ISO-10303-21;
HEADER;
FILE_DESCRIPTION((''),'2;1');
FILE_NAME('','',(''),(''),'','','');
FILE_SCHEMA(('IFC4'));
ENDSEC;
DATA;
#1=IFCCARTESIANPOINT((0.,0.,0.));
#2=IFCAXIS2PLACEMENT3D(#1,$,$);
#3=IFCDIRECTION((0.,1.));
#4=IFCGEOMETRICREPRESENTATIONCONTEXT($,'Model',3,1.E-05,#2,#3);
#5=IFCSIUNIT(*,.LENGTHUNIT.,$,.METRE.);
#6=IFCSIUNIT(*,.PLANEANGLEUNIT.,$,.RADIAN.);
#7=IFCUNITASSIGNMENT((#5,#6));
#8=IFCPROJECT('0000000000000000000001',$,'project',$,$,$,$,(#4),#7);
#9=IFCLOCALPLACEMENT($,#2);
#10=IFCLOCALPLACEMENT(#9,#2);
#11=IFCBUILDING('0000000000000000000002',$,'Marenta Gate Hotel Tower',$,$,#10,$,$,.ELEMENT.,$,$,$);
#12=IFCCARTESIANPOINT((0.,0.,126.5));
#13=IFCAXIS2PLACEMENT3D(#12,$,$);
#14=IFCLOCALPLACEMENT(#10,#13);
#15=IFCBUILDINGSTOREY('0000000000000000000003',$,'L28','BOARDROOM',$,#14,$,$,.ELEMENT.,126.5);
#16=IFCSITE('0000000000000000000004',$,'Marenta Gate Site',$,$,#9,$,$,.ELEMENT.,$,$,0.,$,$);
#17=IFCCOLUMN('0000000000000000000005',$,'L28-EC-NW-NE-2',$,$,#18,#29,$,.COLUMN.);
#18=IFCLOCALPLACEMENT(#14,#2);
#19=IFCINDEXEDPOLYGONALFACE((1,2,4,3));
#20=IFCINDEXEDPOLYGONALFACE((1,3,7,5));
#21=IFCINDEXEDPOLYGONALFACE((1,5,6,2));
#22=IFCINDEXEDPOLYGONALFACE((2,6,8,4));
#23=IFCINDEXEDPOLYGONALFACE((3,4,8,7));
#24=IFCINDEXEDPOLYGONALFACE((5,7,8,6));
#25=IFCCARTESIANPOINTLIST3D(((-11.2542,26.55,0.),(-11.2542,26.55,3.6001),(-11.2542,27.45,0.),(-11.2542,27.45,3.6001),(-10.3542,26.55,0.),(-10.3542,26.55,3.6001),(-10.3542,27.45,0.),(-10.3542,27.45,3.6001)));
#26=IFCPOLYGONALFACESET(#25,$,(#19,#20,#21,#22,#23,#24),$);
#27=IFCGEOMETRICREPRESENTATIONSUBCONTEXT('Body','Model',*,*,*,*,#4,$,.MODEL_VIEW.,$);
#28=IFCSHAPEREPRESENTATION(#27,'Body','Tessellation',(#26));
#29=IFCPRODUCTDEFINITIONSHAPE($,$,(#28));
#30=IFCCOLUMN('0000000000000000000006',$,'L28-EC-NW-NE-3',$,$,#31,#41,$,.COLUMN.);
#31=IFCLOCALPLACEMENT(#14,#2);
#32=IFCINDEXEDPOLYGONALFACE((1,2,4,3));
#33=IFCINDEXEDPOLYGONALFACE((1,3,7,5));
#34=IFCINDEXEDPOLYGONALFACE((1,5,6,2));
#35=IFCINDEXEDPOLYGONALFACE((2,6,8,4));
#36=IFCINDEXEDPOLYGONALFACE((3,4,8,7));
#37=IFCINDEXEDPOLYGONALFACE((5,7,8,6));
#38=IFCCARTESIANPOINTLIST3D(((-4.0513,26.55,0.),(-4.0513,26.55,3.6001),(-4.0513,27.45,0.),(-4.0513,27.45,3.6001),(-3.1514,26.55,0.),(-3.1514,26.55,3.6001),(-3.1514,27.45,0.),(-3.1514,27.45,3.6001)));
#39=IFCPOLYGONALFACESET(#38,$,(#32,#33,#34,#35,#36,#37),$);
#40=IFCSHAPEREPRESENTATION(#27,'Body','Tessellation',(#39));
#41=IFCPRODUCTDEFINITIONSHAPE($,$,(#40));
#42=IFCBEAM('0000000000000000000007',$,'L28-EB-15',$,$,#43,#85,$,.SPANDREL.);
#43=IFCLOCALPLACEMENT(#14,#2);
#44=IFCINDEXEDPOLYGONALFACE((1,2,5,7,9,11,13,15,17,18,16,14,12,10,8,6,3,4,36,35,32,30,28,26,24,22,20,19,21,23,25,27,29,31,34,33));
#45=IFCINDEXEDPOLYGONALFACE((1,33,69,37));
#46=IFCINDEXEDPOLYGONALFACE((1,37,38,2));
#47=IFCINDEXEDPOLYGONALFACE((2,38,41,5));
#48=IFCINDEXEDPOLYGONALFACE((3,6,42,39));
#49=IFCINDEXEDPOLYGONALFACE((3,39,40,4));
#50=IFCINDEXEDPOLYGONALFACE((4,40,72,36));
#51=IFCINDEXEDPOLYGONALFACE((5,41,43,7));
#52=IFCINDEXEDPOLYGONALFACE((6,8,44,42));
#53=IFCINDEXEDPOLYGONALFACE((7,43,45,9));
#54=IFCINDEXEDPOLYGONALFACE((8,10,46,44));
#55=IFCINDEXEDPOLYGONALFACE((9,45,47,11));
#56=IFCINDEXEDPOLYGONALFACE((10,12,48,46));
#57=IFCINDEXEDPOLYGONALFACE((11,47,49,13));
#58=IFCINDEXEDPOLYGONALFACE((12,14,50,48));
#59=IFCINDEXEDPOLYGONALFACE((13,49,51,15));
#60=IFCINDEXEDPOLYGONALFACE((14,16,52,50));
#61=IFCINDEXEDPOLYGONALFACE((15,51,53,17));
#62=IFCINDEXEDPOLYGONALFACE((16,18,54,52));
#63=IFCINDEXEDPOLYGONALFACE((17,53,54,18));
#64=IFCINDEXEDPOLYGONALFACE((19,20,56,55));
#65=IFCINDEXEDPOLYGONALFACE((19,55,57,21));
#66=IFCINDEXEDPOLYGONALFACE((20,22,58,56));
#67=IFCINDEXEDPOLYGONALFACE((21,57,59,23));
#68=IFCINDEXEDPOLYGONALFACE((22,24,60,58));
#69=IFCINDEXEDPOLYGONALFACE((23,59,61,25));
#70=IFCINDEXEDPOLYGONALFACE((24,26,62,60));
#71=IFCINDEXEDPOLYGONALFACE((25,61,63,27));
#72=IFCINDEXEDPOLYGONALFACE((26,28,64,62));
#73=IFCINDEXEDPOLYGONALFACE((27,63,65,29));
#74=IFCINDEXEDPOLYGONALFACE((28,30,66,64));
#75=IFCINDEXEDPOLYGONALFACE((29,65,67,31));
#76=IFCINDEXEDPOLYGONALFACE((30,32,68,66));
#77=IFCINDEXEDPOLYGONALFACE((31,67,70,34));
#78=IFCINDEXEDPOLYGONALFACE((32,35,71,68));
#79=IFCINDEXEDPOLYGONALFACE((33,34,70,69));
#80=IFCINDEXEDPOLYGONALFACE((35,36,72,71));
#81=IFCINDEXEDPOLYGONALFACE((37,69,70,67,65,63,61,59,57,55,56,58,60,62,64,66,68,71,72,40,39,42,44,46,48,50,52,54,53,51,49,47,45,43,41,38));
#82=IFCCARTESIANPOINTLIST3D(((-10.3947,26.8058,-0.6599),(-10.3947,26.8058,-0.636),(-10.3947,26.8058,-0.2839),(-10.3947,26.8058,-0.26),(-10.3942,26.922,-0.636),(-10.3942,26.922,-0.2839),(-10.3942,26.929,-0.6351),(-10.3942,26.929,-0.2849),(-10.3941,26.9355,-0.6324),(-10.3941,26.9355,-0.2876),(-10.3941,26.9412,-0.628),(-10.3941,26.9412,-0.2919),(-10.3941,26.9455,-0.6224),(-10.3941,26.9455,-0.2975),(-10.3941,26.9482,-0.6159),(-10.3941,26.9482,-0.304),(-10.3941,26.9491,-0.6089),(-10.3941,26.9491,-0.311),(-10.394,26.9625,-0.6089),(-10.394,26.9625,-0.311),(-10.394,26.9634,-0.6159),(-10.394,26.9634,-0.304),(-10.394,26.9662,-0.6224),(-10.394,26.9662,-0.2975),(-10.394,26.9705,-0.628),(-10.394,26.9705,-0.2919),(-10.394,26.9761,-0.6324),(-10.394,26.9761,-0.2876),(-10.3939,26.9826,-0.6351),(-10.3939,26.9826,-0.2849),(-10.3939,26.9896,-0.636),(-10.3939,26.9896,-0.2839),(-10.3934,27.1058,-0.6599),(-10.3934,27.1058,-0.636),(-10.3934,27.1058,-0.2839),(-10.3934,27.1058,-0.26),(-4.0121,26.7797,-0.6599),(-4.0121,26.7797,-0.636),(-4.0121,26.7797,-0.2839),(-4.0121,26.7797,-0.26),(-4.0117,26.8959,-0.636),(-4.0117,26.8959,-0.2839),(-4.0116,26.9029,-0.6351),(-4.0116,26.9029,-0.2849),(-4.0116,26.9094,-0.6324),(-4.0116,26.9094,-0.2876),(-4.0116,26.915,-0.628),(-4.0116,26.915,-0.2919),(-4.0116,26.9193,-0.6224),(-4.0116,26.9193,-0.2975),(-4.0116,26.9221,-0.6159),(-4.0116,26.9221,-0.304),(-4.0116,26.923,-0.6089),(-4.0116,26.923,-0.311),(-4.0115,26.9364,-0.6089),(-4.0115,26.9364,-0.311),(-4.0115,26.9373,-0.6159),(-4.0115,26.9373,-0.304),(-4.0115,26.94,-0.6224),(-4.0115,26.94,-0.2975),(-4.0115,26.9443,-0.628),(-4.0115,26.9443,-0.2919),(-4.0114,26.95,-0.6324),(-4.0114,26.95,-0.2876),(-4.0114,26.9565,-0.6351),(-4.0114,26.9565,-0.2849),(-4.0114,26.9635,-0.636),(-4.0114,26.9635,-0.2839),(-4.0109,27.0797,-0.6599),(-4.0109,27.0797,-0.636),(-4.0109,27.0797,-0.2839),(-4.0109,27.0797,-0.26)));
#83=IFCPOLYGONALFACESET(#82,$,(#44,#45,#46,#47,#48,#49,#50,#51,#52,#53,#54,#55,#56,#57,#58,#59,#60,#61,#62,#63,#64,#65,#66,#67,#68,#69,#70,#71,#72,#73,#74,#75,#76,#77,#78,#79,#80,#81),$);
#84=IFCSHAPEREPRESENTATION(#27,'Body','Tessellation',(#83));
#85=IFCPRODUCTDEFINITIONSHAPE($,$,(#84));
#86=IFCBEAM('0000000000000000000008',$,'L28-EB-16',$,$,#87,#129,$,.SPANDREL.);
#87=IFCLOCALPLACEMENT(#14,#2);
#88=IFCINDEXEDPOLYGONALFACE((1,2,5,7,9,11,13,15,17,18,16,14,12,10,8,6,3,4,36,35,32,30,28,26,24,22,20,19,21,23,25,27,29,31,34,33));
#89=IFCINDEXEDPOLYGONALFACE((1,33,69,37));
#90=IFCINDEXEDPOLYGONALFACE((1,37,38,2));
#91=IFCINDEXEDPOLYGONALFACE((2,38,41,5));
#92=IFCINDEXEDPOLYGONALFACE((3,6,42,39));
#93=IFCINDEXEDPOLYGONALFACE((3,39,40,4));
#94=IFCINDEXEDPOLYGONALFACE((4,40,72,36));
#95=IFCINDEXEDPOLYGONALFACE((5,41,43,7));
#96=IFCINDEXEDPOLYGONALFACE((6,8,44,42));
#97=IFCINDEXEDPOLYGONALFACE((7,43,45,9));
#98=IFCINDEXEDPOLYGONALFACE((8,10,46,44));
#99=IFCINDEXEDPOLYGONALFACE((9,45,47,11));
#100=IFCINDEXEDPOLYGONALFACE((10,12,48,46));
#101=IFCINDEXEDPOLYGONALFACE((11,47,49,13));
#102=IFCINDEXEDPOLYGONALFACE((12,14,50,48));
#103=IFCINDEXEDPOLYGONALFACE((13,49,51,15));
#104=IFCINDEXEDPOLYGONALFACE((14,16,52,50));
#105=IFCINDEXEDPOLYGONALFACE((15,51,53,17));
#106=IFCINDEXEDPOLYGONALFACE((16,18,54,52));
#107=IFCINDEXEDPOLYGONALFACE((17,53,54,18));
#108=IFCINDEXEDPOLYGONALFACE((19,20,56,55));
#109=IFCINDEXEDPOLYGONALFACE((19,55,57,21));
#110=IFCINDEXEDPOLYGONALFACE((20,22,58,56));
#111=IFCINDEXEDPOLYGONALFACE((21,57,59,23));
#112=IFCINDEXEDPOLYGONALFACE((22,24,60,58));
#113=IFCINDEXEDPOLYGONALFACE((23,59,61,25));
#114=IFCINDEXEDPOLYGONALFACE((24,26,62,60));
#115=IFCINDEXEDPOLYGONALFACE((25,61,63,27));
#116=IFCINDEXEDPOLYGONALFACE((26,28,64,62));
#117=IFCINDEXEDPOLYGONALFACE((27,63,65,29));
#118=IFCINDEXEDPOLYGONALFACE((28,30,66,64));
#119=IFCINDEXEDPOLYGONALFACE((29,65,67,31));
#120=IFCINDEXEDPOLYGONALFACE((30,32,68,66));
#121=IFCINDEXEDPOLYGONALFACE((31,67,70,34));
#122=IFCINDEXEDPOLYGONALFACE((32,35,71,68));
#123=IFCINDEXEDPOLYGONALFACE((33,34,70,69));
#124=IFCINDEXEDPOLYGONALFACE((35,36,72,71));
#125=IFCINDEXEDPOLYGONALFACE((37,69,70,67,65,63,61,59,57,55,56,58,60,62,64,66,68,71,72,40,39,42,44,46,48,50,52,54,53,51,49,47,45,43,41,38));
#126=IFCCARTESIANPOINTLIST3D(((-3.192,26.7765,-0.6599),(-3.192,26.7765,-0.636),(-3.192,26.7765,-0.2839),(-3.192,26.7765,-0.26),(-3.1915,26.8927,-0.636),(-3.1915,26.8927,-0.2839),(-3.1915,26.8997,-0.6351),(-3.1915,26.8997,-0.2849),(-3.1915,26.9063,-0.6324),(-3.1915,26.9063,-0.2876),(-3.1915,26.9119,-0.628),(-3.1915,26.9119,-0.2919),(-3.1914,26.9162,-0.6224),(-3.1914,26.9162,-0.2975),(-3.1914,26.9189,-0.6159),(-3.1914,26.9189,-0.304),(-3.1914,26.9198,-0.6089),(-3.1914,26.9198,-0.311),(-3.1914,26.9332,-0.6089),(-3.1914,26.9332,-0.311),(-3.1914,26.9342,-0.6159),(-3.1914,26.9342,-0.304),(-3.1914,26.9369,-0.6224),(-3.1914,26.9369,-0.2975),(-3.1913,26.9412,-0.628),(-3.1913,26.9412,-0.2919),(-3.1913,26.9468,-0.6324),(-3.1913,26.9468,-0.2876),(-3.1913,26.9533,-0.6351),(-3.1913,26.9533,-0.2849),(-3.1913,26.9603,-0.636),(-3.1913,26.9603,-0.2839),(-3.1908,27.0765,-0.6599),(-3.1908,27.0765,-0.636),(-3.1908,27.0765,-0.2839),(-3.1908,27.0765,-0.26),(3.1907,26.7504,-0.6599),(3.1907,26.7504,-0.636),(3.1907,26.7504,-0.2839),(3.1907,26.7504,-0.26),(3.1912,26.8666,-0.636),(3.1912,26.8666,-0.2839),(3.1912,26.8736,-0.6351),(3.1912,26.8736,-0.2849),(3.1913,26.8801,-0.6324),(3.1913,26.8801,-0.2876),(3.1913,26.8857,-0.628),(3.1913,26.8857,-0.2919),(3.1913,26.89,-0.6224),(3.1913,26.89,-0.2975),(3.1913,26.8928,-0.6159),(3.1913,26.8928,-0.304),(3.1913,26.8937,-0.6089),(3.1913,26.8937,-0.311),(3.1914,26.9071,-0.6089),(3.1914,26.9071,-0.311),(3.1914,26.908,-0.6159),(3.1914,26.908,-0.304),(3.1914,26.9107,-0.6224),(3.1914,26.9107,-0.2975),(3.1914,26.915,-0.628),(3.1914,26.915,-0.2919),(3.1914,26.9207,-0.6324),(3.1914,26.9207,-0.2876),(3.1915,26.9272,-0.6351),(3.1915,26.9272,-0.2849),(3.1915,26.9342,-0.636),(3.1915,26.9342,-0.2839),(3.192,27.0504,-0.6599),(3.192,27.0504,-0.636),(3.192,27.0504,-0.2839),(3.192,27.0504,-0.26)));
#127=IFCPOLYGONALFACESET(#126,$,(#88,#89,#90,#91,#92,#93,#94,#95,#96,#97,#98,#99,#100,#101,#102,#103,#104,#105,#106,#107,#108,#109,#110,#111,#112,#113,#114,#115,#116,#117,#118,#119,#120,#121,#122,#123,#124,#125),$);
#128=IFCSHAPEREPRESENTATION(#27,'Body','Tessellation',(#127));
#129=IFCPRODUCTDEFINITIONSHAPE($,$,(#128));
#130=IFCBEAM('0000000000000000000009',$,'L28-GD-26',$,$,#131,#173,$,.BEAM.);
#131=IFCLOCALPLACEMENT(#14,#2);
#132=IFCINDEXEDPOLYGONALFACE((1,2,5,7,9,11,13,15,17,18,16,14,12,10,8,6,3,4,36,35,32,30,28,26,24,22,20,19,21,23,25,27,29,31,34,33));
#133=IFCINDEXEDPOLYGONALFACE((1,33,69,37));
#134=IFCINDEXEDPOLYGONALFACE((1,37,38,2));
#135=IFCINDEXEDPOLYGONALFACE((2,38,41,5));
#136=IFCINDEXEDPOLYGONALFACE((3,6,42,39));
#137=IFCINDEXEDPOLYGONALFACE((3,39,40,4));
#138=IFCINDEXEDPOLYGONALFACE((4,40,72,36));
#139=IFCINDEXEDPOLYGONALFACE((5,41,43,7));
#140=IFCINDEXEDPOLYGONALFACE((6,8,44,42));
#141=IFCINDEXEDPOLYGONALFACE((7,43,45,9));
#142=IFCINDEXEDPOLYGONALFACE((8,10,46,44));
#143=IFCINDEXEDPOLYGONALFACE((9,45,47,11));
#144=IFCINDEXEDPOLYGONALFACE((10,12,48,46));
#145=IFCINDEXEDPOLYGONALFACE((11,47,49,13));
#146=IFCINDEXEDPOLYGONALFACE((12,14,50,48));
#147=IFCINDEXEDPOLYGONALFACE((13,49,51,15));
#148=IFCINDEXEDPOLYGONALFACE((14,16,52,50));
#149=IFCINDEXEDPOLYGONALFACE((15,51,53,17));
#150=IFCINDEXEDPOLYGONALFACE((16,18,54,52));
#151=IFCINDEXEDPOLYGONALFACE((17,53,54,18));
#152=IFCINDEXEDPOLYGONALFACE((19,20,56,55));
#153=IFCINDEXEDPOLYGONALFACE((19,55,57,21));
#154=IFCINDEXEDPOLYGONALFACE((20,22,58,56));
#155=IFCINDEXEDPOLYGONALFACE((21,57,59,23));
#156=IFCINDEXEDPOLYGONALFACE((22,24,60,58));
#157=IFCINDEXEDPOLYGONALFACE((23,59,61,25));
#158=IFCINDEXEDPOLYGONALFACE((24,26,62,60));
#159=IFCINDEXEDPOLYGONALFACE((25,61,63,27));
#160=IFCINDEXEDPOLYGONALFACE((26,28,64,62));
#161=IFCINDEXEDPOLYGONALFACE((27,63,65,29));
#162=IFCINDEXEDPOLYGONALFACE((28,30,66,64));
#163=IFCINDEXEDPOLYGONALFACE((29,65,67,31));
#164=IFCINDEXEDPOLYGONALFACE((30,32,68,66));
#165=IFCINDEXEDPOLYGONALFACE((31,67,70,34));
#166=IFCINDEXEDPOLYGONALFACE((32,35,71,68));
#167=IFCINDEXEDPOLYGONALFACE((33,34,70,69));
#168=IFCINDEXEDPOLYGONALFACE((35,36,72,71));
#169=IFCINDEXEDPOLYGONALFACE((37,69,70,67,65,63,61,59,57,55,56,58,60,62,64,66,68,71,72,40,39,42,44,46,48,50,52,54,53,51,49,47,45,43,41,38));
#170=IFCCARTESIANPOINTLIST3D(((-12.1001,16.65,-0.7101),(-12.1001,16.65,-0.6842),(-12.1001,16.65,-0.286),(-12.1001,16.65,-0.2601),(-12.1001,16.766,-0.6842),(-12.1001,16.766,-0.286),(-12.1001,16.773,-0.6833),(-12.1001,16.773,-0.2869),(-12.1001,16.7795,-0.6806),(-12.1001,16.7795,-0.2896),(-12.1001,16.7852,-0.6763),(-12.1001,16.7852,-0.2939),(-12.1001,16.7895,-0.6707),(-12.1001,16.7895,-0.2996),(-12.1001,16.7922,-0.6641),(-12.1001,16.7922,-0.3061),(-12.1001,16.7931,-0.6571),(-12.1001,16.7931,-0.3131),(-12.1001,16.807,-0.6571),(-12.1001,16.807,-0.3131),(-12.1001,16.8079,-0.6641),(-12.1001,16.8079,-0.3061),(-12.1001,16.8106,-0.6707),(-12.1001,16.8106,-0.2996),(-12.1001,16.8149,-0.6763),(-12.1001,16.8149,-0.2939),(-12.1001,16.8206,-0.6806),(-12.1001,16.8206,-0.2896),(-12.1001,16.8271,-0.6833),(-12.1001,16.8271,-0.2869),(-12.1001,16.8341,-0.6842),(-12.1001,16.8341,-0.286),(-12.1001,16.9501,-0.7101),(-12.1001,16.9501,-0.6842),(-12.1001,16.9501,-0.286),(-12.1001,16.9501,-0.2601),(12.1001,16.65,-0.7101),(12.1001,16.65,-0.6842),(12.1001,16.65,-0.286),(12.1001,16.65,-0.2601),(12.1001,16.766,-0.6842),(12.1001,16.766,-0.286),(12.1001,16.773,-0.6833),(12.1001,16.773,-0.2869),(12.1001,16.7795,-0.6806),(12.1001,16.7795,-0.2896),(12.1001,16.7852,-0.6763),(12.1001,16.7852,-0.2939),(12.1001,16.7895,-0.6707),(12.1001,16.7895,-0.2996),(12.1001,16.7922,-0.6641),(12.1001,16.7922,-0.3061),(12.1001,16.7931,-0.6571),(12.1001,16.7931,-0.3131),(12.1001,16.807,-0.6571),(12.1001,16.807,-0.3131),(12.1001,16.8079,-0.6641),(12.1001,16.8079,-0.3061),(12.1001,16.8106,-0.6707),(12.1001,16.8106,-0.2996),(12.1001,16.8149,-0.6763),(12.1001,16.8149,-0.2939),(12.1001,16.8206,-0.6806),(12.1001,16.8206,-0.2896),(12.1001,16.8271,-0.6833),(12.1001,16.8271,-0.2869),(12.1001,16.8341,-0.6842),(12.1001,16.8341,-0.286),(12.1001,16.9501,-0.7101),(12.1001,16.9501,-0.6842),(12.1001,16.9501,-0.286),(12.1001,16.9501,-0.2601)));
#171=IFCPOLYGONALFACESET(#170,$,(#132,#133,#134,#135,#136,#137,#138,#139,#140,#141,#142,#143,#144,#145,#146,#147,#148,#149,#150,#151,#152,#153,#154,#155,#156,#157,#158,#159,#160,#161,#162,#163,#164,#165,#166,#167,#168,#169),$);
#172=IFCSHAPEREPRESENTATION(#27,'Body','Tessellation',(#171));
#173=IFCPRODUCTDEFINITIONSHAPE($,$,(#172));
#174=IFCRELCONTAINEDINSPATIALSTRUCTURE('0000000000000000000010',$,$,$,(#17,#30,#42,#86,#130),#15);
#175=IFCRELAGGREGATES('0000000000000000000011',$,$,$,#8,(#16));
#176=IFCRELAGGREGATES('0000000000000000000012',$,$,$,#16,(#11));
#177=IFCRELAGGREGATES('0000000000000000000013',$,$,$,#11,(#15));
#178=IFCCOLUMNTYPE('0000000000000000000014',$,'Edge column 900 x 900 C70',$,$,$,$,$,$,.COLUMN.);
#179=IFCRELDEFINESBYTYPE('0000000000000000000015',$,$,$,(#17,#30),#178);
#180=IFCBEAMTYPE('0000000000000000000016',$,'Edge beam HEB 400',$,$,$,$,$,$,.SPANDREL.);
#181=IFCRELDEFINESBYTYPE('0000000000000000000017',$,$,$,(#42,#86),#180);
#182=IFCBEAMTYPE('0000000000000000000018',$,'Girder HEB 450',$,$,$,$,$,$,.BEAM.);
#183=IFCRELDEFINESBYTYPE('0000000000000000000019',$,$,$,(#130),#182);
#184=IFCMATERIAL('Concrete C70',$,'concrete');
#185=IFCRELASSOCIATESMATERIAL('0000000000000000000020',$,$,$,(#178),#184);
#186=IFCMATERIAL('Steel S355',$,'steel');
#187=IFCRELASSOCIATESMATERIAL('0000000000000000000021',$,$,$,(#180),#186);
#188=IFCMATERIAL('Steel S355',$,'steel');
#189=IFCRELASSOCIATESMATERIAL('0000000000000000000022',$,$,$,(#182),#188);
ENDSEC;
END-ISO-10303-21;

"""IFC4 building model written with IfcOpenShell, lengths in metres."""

from ifc_helpers import new_model, si_unit, direction, frame, origin, origin_2d, place, context, subcontext, project, spatial, rectangle, i_section, extrude, material, material_profile, profile_set, type_object, element, save


model = new_model("IFC4")

# Units and contexts
model_context = context("Model", 3, precision=1e-05, world=origin(), true_north=direction((0.0, 1.0)))
body_context = subcontext(model_context, "Body", "Model", "MODEL_VIEW")
ifc_project = project(units=[si_unit("LENGTHUNIT", "METRE"), si_unit("PLANEANGLEUNIT", "RADIAN")], contexts=[model_context])

# Site, building, storey
site_placement = place(None, origin())
site = spatial("IfcSite", under=ifc_project, at=site_placement, Name="Marenta Gate Site", CompositionType="ELEMENT", RefElevation=0.0)
building_placement = place(site_placement, origin())
building = spatial("IfcBuilding", under=site, at=building_placement, Name="Marenta Gate Hotel Tower", CompositionType="ELEMENT")
storey_placement = place(building_placement, frame((0.0, 0.0, 126.5)))
storey = spatial("IfcBuildingStorey", under=building, at=storey_placement, Name="L28", Description="BOARDROOM", CompositionType="ELEMENT", Elevation=126.5)

# Columns
ifc_material_1 = material(Name="Concrete C70", Category="concrete")
ifc_material_profile_1 = material_profile(ifc_material_1, rectangle(XDim=0.8999, YDim=0.8999, at=origin_2d()), Name="900 x 900")
ifc_profile_set_1 = profile_set([ifc_material_profile_1], Name="Concrete C70")
column_type = type_object("IfcColumnType", Name="Edge column 900 x 900 C70", PredefinedType="COLUMN", material=ifc_profile_set_1)
for number, where, z_axis, x_axis, name in (
    (1, (-10.8042, 27.0, 0.0), (0.0, 0.0, 1.0), (1.0, 0.0, 0.0), "L28-EC-NW-NE-2"),
    (2, (-3.6013, 27.0, 0.0), (0.0, 0.0, 1.0), (1.0, 0.0, 0.0), "L28-EC-NW-NE-3"),
):
    element("IfcColumn", number, at=place(storey_placement, frame(where, z_axis=z_axis, x_axis=x_axis)), inside=storey, type_object=column_type, Name=name, PredefinedType="COLUMN", context=body_context, shape_type="SweptSolid", body=[
        extrude(rectangle(XDim=0.8999, YDim=0.8999, at=origin_2d()), origin(), (0.0, 0.0, 1.0), 3.6001),
    ])

# Beams
ifc_material_2 = material(Name="Steel S355", Category="steel")
ifc_material_profile_2 = material_profile(ifc_material_2, i_section(OverallWidth=0.3, OverallDepth=0.3999, WebThickness=0.0134, FlangeThickness=0.0239, FilletRadius=0.0271, at=origin_2d()), Name="HEB 400")
ifc_profile_set_2 = profile_set([ifc_material_profile_2], Name="Steel S355")
beam_type_1 = type_object("IfcBeamType", Name="Edge beam HEB 400", PredefinedType="SPANDREL", material=ifc_profile_set_2)
beam_1_placement = place(storey_placement, frame((-10.394, 26.9558, -0.46), z_axis=(0.999992, -0.004093, 0.0), x_axis=(0.004093, 0.999992, 0.0)))
element("IfcBeam", 3, at=beam_1_placement, inside=storey, type_object=beam_type_1, Name="L28-EB-15", PredefinedType="SPANDREL", context=body_context, shape_type="SweptSolid", body=[
    extrude(i_section(OverallWidth=0.3, OverallDepth=0.3999, WebThickness=0.0134, FlangeThickness=0.0239, FilletRadius=0.0271, at=origin_2d()), origin(), (0.0, 0.0, 1.0), 6.3826),
])
beam_2_placement = place(storey_placement, frame((-3.1914, 26.9265, -0.46), z_axis=(0.999992, -0.004093, 0.0), x_axis=(0.004093, 0.999992, 0.0)))
element("IfcBeam", 4, at=beam_2_placement, inside=storey, type_object=beam_type_1, Name="L28-EB-16", PredefinedType="SPANDREL", context=body_context, shape_type="SweptSolid", body=[
    extrude(i_section(OverallWidth=0.3, OverallDepth=0.3999, WebThickness=0.0134, FlangeThickness=0.0239, FilletRadius=0.0271, at=origin_2d()), origin(), (0.0, 0.0, 1.0), 6.3828),
])
ifc_material_3 = material(Name="Steel S355", Category="steel")
ifc_material_profile_3 = material_profile(ifc_material_3, i_section(OverallWidth=0.3, OverallDepth=0.45, WebThickness=0.0139, FlangeThickness=0.0259, FilletRadius=0.0271, at=origin_2d()), Name="HEB 450")
ifc_profile_set_3 = profile_set([ifc_material_profile_3], Name="Steel S355")
beam_type_2 = type_object("IfcBeamType", Name="Girder HEB 450", PredefinedType="BEAM", material=ifc_profile_set_3)
beam_3_placement = place(storey_placement, frame((-12.1001, 16.8, -0.4851), z_axis=(1.0, 0.0, 0.0), x_axis=(0.0, 1.0, 0.0)))
element("IfcBeam", 5, at=beam_3_placement, inside=storey, type_object=beam_type_2, Name="L28-GD-26", PredefinedType="BEAM", context=body_context, shape_type="SweptSolid", body=[
    extrude(i_section(OverallWidth=0.3, OverallDepth=0.45, WebThickness=0.0139, FlangeThickness=0.0259, FilletRadius=0.0271, at=origin_2d()), origin(), (0.0, 0.0, 1.0), 24.2002),
])

save(model, "model.ifc")
